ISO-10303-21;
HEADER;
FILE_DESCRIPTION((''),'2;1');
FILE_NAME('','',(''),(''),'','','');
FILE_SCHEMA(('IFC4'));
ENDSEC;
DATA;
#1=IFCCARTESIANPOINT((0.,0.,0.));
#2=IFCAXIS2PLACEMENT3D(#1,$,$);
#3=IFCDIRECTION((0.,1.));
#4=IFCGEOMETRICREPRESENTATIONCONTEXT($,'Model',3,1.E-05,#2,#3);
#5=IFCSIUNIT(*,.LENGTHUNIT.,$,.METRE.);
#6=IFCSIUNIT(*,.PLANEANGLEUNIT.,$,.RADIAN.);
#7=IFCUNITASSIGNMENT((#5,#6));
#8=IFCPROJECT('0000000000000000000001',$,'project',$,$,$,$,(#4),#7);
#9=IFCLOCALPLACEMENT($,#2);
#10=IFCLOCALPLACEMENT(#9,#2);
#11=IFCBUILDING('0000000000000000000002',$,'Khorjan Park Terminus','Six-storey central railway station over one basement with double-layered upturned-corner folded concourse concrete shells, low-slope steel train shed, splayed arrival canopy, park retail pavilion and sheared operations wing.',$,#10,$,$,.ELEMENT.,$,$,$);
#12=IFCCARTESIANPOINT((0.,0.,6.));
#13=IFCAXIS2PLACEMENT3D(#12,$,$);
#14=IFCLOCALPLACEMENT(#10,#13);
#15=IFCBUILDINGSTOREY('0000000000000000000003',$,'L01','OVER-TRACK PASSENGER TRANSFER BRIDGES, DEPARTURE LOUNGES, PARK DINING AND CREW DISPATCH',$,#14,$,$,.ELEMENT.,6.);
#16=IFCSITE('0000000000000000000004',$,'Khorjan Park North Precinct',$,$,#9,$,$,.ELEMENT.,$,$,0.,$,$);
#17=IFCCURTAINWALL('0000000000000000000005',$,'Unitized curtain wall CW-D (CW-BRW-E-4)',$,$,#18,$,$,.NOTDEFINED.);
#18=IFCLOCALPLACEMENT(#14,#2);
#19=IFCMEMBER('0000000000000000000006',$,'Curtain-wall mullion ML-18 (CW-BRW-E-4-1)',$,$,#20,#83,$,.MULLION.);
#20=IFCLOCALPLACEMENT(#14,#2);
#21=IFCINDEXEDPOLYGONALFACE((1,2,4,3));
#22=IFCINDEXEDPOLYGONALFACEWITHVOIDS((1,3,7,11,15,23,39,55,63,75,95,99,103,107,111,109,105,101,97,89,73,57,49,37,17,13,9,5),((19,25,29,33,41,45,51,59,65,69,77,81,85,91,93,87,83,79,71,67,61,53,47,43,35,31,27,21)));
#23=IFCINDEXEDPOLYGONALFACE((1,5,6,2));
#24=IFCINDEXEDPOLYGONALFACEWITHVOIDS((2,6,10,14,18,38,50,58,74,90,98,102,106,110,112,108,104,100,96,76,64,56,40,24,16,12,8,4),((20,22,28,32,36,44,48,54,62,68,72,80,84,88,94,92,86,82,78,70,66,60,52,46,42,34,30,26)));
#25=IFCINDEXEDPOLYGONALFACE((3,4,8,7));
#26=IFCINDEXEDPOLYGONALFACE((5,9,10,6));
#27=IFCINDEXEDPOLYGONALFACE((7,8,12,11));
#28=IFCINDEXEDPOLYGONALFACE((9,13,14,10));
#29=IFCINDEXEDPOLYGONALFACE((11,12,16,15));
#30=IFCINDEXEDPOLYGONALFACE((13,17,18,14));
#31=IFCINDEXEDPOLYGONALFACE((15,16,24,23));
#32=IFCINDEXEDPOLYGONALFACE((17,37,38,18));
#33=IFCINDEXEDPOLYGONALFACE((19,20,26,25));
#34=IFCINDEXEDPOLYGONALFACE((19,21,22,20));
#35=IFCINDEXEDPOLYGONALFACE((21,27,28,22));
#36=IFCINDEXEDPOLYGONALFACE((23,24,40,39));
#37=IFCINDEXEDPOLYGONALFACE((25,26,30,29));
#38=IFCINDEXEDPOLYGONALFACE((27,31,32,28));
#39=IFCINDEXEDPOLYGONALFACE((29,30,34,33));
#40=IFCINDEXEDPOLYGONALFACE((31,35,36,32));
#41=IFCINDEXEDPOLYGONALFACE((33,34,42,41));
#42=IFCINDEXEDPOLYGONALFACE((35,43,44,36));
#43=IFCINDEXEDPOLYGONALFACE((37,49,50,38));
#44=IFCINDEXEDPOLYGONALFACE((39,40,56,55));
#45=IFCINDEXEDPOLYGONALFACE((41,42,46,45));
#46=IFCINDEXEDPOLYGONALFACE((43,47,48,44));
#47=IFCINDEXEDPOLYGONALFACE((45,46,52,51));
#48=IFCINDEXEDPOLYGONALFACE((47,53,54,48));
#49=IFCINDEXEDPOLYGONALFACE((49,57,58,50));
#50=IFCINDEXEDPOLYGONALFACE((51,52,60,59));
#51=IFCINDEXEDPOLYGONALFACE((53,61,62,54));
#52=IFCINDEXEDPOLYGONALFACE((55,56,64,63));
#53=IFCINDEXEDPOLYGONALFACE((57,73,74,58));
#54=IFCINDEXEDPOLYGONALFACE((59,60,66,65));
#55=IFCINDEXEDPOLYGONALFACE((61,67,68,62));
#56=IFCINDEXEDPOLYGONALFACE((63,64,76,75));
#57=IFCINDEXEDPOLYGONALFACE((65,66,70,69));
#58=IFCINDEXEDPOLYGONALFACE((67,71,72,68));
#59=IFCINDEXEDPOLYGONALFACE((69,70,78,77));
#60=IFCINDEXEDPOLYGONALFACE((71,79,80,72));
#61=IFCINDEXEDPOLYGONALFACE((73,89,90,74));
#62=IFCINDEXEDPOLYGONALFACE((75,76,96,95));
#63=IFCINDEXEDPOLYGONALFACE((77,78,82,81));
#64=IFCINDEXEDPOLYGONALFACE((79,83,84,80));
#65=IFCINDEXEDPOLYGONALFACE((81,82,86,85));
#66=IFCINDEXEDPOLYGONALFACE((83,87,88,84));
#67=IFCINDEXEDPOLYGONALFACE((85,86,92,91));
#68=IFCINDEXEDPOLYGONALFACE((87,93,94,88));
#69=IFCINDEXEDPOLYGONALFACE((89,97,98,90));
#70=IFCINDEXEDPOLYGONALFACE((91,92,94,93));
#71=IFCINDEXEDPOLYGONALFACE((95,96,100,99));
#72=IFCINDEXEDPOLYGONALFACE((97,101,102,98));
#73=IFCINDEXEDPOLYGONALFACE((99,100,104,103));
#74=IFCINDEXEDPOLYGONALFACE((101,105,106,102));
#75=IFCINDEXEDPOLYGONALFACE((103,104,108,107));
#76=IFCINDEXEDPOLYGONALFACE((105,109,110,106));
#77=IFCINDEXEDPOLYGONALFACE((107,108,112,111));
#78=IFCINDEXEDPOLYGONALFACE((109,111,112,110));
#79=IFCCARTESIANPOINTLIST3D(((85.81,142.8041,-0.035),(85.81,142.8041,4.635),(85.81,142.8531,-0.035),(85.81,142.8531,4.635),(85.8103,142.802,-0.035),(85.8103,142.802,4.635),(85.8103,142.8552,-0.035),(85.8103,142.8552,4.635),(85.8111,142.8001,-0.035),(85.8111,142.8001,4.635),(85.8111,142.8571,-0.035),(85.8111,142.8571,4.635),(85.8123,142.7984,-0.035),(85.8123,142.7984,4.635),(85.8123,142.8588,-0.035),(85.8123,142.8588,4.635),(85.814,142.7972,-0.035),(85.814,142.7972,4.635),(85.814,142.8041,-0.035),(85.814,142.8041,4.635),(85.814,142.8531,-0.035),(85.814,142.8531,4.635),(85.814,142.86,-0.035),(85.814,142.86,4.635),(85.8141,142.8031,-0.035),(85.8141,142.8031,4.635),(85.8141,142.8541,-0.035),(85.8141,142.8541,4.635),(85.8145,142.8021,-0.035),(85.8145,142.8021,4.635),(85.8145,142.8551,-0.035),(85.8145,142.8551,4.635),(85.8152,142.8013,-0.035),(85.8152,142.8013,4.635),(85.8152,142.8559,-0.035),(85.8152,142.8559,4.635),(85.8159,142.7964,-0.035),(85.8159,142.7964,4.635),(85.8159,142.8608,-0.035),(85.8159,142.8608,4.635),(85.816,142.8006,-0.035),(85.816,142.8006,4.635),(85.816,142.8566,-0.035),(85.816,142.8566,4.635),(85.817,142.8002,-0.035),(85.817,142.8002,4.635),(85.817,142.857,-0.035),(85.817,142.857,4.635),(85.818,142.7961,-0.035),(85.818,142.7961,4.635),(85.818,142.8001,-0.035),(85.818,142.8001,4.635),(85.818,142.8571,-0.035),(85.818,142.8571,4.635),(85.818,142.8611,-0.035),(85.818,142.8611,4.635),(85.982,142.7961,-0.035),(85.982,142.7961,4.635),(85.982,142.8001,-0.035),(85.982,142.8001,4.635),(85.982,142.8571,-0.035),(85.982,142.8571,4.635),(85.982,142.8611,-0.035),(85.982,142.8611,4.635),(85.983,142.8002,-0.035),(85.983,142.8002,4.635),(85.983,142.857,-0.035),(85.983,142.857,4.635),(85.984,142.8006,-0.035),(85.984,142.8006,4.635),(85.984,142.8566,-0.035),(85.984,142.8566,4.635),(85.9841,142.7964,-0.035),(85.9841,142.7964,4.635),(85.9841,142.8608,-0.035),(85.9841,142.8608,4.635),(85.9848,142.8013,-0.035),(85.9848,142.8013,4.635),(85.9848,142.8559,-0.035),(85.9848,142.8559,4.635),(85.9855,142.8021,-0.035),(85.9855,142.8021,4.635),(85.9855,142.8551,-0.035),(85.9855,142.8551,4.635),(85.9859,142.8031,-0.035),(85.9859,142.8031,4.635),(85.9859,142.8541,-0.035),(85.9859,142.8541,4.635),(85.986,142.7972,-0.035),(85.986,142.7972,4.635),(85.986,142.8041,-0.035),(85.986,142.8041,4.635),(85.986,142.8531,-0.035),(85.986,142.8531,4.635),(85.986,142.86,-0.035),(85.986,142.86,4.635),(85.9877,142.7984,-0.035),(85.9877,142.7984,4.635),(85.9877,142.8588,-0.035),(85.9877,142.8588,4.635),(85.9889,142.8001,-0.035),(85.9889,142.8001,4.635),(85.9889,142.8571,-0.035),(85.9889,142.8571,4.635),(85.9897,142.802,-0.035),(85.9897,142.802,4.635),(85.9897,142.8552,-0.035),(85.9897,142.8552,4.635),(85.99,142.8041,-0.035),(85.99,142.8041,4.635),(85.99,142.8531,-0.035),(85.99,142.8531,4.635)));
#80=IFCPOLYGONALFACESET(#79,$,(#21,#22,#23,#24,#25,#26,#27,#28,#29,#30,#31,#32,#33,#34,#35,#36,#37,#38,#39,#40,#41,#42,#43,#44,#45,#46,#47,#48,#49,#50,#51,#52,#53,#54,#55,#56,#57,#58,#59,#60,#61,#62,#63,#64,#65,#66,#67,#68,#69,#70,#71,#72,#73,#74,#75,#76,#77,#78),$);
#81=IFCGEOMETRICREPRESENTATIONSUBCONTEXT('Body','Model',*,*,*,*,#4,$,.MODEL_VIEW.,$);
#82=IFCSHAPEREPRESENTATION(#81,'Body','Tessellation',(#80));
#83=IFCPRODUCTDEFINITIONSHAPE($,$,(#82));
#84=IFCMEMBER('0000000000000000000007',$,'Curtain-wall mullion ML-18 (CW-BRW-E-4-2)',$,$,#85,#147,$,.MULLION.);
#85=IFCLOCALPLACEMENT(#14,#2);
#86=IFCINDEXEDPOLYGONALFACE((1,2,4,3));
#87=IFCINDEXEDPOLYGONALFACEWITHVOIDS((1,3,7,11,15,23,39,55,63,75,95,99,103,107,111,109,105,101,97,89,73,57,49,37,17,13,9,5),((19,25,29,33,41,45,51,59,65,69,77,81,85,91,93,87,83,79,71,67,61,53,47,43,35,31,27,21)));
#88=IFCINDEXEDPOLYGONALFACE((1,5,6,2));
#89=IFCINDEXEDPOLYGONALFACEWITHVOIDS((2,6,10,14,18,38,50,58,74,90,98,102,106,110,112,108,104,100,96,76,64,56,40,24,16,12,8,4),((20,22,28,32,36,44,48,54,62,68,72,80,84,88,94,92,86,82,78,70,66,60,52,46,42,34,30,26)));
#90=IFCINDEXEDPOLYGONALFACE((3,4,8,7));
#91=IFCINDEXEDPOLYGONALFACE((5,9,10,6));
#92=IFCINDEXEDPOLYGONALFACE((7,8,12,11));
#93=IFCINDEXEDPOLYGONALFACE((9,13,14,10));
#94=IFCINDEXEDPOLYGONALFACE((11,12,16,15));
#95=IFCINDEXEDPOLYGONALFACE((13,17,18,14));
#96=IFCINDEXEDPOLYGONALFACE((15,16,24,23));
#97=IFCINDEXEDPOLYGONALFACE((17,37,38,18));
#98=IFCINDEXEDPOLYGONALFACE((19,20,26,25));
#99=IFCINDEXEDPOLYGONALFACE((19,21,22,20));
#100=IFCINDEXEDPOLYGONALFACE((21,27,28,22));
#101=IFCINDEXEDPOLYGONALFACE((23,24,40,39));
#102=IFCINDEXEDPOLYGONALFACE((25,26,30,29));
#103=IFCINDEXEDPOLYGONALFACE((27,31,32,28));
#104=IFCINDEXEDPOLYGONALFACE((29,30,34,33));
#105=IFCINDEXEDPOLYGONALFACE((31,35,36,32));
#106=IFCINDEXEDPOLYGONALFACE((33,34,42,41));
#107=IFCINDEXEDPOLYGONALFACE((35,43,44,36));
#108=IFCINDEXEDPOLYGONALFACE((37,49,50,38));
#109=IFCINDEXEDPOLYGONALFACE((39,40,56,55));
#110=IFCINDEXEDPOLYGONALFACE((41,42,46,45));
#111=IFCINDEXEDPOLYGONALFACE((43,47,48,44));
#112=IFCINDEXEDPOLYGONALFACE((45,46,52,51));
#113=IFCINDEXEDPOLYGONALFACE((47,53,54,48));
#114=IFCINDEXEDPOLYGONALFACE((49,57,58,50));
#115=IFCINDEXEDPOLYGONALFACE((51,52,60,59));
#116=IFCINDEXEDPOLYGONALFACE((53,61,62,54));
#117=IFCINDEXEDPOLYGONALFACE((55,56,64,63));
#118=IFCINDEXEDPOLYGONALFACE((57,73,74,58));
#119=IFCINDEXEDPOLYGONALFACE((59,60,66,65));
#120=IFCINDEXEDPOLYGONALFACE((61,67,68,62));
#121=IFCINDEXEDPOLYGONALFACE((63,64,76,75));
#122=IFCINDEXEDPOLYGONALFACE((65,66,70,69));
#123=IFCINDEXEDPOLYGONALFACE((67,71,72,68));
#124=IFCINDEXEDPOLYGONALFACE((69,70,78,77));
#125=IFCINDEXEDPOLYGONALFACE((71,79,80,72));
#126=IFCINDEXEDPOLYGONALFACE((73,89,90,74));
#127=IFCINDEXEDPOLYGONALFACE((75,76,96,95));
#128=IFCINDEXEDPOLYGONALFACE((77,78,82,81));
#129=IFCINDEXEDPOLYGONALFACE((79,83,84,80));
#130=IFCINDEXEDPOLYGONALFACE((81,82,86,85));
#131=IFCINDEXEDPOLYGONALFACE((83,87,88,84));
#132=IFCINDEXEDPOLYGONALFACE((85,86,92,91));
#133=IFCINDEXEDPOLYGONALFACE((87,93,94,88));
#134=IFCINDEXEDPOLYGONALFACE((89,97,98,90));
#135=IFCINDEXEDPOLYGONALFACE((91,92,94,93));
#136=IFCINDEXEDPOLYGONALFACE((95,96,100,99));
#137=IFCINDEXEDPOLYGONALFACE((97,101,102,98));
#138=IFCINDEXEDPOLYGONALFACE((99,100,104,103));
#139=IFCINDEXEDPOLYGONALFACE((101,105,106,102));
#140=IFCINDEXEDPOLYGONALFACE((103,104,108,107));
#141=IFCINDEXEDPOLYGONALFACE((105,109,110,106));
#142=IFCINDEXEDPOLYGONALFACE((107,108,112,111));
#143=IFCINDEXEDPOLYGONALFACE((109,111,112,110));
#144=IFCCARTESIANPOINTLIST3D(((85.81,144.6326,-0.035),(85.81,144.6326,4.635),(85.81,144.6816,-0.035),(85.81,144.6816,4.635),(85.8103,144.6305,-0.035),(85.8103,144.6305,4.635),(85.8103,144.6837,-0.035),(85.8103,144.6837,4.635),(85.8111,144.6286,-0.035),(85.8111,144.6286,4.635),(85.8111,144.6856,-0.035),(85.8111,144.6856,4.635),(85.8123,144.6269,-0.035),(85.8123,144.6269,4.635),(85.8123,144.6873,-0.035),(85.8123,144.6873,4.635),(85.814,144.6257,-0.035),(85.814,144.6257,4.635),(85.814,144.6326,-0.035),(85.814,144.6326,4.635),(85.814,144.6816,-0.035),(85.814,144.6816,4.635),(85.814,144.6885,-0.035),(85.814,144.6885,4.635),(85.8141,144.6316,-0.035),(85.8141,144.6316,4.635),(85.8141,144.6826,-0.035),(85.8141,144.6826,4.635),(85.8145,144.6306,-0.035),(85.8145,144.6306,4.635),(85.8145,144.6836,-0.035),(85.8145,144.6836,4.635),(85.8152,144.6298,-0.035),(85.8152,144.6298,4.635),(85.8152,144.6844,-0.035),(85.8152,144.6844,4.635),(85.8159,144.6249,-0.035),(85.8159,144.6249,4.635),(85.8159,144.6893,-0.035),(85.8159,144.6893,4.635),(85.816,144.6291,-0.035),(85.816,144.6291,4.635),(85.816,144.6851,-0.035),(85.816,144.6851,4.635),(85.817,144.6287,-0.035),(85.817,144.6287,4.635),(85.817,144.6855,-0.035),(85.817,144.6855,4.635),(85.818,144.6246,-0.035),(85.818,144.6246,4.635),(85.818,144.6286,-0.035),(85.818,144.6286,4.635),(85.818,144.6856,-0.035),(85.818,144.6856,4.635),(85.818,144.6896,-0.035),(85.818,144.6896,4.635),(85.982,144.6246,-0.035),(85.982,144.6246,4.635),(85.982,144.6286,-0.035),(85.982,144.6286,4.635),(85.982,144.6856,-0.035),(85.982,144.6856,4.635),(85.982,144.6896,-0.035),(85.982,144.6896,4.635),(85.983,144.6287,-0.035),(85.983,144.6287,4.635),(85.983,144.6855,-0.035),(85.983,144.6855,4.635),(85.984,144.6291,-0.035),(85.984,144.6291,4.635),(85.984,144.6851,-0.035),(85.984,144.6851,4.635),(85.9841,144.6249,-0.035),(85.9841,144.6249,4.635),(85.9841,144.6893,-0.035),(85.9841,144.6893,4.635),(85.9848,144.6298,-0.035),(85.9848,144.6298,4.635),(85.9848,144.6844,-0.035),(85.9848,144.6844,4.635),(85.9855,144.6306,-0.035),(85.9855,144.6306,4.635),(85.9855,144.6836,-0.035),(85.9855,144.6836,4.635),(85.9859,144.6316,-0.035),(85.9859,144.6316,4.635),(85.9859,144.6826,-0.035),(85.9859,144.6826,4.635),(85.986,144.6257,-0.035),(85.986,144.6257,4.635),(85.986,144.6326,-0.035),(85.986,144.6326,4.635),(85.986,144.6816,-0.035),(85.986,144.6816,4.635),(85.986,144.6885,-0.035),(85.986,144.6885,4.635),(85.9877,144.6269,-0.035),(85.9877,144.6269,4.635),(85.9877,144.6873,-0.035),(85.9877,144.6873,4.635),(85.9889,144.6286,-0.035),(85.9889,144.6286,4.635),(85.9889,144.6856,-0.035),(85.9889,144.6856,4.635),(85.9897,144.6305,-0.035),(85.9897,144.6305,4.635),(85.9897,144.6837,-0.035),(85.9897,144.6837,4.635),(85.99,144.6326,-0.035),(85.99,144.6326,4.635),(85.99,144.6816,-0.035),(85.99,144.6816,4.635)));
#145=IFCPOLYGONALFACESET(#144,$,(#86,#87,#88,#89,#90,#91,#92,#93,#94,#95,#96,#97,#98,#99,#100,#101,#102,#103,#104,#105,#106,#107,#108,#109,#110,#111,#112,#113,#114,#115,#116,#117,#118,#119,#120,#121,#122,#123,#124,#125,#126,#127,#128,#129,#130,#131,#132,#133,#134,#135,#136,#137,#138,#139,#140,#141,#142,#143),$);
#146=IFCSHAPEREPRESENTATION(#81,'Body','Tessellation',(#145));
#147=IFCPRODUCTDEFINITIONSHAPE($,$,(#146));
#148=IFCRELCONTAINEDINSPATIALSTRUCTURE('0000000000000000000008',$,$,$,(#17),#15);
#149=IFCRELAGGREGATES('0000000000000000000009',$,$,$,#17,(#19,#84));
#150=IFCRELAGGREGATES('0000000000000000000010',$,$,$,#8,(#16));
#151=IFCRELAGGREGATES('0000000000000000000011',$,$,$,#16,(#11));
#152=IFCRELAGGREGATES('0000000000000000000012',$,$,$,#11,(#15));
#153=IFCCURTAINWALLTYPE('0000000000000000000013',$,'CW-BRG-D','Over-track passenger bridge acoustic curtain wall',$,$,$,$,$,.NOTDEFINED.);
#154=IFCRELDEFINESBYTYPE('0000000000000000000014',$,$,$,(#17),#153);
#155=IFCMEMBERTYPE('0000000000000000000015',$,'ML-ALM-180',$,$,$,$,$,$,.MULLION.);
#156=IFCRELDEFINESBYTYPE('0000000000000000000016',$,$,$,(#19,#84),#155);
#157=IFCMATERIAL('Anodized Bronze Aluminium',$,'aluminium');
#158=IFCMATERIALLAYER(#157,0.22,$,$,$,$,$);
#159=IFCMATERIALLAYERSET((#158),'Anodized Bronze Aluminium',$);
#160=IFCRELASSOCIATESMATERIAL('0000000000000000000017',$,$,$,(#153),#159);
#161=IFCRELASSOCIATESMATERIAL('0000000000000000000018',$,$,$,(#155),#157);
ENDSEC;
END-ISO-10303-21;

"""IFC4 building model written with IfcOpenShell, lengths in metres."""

from ifc_helpers import new_model, si_unit, direction, frame, origin, origin_2d, place, context, subcontext, project, spatial, hollow_rectangle, extrude, material, layer, layer_set, material_profile, profile_set, type_object, element, aggregate, save


model = new_model("IFC4")

# Units and contexts
model_context = context("Model", 3, precision=1e-05, world=origin(), true_north=direction((0.0, 1.0)))
body_context = subcontext(model_context, "Body", "Model", "MODEL_VIEW")
ifc_project = project(units=[si_unit("LENGTHUNIT", "METRE"), si_unit("PLANEANGLEUNIT", "RADIAN")], contexts=[model_context])

# Site, building, storey
site_placement = place(None, origin())
site = spatial("IfcSite", under=ifc_project, at=site_placement, Name="Khorjan Park North Precinct", CompositionType="ELEMENT", RefElevation=0.0)
building_placement = place(site_placement, origin())
building = spatial("IfcBuilding", under=site, at=building_placement, Name="Khorjan Park Terminus", Description="Six-storey central railway station over one basement with double-layered upturned-corner folded concourse concrete shells, low-slope steel train shed, splayed arrival canopy, park retail pavilion and sheared operations wing.", CompositionType="ELEMENT")
storey_placement = place(building_placement, frame((0.0, 0.0, 6.0)))
storey = spatial("IfcBuildingStorey", under=building, at=storey_placement, Name="L01", Description="OVER-TRACK PASSENGER TRANSFER BRIDGES, DEPARTURE LOUNGES, PARK DINING AND CREW DISPATCH", CompositionType="ELEMENT", Elevation=6.0)

# Curtain wall, members
ifc_material_1 = material(Name="Anodized Bronze Aluminium", Category="aluminium")
ifc_layer_1 = layer(ifc_material_1, 0.22)
ifc_layer_set_1 = layer_set([ifc_layer_1], Name="Anodized Bronze Aluminium")
curtain_wall_type = type_object("IfcCurtainWallType", Name="CW-BRG-D", Description="Over-track passenger bridge acoustic curtain wall", PredefinedType="NOTDEFINED", material=ifc_layer_set_1)
ifc_material_profile_1 = material_profile(ifc_material_1, hollow_rectangle(XDim=0.065, YDim=0.18, WallThickness=0.004, InnerFilletRadius=0.004, OuterFilletRadius=0.008, at=origin_2d()), Name="ALM 65x180x4")
ifc_profile_set_1 = profile_set([ifc_material_profile_1], Name="Anodized Bronze Aluminium")
member_type_1 = type_object("IfcMemberType", Name="ML-ALM-180", PredefinedType="MULLION", material=ifc_profile_set_1)
curtain_wall_1_placement = place(storey_placement, origin())
curtain_wall_1 = element("IfcCurtainWall", 1, at=curtain_wall_1_placement, inside=storey, type_object=curtain_wall_type, Name="Unitized curtain wall CW-D (CW-BRW-E-4)", PredefinedType="NOTDEFINED")
member_1_placement = place(storey_placement, frame((85.9, 142.8286, -0.035), z_axis=(0.0, 0.0, 1.0), x_axis=(0.0, 1.0, 0.0)))
member_1 = element("IfcMember", 2, at=member_1_placement, type_object=member_type_1, Name="Curtain-wall mullion ML-18 (CW-BRW-E-4-1)", PredefinedType="MULLION", context=body_context, shape_type="SweptSolid", body=[
    extrude(hollow_rectangle(XDim=0.065, YDim=0.18, WallThickness=0.004, InnerFilletRadius=0.004, OuterFilletRadius=0.008, at=origin_2d()), origin(), (0.0, 0.0, 1.0), 4.67),
])
member_2_placement = place(storey_placement, frame((85.9, 144.6571, -0.035), z_axis=(0.0, 0.0, 1.0), x_axis=(0.0, 1.0, 0.0)))
member_2 = element("IfcMember", 3, at=member_2_placement, type_object=member_type_1, Name="Curtain-wall mullion ML-18 (CW-BRW-E-4-2)", PredefinedType="MULLION", context=body_context, shape_type="SweptSolid", body=[
    extrude(hollow_rectangle(XDim=0.065, YDim=0.18, WallThickness=0.004, InnerFilletRadius=0.004, OuterFilletRadius=0.008, at=origin_2d()), origin(), (0.0, 0.0, 1.0), 4.67),
])

aggregate(curtain_wall_1, [member_1, member_2])

save(model, "model.ifc")
